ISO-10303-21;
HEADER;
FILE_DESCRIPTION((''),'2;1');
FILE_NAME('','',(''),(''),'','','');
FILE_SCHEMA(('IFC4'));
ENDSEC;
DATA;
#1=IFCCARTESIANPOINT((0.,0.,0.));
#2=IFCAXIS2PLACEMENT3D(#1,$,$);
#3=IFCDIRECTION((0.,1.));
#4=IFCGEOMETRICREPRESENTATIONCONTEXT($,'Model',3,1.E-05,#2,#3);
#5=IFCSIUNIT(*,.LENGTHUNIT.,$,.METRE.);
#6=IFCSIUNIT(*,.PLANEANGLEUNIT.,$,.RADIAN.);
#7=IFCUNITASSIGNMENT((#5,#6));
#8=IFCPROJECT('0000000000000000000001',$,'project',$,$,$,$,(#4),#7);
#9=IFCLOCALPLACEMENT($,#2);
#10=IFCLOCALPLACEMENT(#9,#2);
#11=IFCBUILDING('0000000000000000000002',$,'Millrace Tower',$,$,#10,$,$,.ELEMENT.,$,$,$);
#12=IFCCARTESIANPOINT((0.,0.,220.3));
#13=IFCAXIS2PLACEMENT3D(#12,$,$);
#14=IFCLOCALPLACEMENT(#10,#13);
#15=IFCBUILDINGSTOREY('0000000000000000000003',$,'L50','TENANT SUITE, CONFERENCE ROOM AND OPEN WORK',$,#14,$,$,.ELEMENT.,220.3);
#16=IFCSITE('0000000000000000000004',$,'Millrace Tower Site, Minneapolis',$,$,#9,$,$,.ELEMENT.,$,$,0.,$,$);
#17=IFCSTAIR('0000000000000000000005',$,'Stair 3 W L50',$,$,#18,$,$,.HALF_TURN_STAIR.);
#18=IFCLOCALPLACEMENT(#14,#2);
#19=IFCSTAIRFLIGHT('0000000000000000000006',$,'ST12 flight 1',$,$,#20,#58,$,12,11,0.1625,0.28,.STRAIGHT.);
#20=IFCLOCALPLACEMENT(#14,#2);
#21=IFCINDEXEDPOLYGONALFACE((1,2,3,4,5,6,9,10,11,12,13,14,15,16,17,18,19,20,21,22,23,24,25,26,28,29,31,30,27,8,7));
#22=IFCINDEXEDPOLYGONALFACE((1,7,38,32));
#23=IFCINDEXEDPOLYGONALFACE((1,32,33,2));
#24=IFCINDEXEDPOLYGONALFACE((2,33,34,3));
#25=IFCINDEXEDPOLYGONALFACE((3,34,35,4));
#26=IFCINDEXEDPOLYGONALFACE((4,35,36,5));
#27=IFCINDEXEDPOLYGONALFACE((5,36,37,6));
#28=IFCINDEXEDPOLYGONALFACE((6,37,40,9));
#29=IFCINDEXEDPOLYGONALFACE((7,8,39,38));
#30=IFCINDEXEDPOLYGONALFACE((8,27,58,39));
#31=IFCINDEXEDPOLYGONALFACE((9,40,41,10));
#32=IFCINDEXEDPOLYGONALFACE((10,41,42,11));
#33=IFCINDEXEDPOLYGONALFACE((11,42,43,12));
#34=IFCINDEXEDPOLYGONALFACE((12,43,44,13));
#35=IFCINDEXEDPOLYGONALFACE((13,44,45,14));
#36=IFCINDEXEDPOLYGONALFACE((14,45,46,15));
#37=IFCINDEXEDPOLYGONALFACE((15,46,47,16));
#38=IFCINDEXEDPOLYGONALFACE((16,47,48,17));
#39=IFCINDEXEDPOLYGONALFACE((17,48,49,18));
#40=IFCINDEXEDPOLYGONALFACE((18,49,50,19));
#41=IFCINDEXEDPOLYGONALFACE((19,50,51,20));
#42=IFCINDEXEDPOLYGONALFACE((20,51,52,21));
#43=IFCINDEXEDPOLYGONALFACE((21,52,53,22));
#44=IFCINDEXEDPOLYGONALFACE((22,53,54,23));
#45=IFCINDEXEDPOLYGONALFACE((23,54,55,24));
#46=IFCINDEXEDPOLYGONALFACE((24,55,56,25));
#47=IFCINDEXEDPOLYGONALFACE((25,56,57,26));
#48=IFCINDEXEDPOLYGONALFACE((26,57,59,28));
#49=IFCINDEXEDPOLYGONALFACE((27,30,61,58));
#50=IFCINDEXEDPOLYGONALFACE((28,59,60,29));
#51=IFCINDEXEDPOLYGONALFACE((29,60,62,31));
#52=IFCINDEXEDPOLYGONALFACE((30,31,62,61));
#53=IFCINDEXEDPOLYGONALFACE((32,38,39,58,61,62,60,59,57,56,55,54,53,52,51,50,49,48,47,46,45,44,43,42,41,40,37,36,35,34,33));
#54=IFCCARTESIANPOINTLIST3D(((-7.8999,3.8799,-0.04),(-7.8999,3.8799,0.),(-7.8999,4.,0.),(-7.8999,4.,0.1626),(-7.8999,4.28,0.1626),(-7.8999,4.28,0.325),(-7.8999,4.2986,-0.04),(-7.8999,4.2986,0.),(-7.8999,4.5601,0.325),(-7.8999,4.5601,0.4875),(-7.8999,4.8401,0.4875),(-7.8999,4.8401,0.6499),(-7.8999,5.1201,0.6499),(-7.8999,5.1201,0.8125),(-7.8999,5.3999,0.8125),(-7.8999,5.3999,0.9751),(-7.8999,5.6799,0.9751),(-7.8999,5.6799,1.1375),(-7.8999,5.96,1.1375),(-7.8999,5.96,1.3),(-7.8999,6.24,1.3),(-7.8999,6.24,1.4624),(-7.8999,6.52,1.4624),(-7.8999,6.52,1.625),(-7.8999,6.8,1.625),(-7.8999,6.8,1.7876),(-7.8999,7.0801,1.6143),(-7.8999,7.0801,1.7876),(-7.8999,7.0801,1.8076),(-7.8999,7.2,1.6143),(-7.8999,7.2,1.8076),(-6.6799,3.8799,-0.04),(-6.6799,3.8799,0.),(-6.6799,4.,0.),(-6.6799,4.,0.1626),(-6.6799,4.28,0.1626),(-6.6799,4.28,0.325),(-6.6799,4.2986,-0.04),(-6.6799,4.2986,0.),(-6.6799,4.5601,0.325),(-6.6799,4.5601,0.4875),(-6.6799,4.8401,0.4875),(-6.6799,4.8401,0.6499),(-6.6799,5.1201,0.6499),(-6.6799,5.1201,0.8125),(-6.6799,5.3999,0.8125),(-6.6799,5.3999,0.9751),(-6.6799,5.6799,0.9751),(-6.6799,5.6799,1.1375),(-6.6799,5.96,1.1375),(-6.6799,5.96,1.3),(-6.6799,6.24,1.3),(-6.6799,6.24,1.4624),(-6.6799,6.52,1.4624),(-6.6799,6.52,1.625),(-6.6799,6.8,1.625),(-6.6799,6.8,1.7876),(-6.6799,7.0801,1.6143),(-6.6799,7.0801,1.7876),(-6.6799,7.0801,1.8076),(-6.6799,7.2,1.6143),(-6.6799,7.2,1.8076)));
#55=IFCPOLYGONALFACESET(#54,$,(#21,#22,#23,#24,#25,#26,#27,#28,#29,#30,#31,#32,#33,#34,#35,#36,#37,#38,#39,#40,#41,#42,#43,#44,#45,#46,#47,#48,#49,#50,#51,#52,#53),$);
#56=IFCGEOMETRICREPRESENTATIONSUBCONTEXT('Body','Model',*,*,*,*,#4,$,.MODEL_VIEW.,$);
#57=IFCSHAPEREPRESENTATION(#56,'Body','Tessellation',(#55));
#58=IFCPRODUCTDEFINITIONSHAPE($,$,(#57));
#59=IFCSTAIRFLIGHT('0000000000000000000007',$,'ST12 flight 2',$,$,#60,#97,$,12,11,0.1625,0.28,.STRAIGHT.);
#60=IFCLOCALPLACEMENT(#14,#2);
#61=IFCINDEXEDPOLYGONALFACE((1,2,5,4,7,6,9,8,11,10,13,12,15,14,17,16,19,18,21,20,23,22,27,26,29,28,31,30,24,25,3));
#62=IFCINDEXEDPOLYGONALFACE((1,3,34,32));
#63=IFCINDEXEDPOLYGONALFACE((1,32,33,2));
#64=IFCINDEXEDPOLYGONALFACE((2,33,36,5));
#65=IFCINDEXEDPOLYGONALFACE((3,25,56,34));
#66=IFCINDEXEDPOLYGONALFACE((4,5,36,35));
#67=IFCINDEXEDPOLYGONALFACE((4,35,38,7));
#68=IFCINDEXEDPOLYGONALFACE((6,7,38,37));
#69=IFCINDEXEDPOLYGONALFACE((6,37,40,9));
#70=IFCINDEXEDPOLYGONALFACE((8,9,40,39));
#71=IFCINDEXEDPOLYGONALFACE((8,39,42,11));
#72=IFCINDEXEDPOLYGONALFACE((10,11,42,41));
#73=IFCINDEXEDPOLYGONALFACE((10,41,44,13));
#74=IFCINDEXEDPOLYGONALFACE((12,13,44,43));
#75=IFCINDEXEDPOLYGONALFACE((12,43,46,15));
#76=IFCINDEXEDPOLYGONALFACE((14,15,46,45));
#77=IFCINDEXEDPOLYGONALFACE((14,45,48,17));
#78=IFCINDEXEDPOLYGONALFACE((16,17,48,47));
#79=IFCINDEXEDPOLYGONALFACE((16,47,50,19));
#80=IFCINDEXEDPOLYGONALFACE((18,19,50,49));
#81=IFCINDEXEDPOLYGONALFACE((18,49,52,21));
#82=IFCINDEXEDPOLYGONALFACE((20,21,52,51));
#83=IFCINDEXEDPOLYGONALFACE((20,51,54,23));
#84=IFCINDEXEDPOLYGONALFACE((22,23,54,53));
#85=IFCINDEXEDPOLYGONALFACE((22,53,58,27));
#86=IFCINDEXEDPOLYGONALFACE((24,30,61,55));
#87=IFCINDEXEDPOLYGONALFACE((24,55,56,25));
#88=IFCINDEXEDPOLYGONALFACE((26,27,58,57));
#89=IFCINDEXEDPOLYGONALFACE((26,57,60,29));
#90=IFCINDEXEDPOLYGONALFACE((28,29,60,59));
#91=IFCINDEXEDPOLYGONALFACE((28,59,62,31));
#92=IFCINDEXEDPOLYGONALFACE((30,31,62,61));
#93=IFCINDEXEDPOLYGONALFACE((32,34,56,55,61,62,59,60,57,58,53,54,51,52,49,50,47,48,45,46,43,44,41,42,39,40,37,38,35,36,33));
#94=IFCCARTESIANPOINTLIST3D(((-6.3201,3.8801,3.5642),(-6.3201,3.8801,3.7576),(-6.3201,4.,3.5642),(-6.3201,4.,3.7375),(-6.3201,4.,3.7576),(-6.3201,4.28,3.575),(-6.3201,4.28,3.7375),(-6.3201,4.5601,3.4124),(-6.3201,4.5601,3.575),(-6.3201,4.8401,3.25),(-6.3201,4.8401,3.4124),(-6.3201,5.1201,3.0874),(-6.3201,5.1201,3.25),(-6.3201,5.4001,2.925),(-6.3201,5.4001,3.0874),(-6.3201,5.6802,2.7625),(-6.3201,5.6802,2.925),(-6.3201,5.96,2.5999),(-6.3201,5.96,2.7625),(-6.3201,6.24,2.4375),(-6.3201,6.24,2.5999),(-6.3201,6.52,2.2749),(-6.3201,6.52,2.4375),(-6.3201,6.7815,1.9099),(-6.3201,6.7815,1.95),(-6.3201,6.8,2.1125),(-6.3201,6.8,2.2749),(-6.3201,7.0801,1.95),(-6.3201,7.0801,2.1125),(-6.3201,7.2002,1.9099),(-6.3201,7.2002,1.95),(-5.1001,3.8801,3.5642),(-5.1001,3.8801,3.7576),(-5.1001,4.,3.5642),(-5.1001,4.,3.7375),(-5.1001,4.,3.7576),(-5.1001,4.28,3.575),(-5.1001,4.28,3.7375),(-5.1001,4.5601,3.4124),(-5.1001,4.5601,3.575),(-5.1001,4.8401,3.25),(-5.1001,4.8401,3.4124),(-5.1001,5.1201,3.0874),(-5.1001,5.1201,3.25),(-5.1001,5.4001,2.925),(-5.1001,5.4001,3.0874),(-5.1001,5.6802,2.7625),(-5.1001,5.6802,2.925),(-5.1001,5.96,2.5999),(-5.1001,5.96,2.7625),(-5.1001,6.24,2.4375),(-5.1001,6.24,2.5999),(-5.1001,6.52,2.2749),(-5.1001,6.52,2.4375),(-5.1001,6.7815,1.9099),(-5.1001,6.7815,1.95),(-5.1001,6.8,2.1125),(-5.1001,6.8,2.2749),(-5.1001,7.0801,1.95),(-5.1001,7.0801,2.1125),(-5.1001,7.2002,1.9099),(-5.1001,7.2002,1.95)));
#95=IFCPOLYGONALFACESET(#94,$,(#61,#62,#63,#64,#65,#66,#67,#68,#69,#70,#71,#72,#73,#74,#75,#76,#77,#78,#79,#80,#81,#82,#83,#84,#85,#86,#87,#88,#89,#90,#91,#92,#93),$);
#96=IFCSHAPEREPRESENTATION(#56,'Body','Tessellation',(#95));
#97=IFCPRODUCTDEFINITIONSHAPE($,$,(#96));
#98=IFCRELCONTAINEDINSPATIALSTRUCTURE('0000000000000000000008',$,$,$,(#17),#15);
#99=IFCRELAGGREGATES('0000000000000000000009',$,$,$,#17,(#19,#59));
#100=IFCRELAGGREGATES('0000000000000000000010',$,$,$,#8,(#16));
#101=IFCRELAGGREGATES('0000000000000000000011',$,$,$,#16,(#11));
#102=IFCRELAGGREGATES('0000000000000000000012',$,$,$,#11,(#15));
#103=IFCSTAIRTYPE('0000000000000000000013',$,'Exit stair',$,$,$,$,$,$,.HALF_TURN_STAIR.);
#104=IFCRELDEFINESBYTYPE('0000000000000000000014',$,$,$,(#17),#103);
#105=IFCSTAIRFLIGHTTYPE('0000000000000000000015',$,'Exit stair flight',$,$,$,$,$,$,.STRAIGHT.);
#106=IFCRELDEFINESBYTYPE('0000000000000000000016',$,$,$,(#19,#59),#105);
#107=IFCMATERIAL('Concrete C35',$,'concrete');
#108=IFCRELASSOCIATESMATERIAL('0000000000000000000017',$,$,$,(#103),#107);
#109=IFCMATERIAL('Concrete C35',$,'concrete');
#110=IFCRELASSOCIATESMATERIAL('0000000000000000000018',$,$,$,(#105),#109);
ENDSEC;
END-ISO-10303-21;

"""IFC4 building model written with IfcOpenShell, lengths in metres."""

from ifc_helpers import new_model, si_unit, direction, frame, origin, place, context, subcontext, project, spatial, polyline, outline, extrude, material, type_object, element, aggregate, save


model = new_model("IFC4")

# Units and contexts
model_context = context("Model", 3, precision=1e-05, world=origin(), true_north=direction((0.0, 1.0)))
body_context = subcontext(model_context, "Body", "Model", "MODEL_VIEW")
ifc_project = project(units=[si_unit("LENGTHUNIT", "METRE"), si_unit("PLANEANGLEUNIT", "RADIAN")], contexts=[model_context])

# Site, building, storey
site_placement = place(None, origin())
site = spatial("IfcSite", under=ifc_project, at=site_placement, Name="Millrace Tower Site, Minneapolis", CompositionType="ELEMENT", RefElevation=0.0)
building_placement = place(site_placement, origin())
building = spatial("IfcBuilding", under=site, at=building_placement, Name="Millrace Tower", CompositionType="ELEMENT")
storey_placement = place(building_placement, frame((0.0, 0.0, 220.3)))
storey = spatial("IfcBuildingStorey", under=building, at=storey_placement, Name="L50", Description="TENANT SUITE, CONFERENCE ROOM AND OPEN WORK", CompositionType="ELEMENT", Elevation=220.3)

# Stair, stair flights
ifc_material_1 = material(Name="Concrete C35", Category="concrete")
stair_type = type_object("IfcStairType", Name="Exit stair", PredefinedType="HALF_TURN_STAIR", material=ifc_material_1)
placement = place(storey_placement, origin())
ifc_material_2 = material(Name="Concrete C35", Category="concrete")
stair_flight_type = type_object("IfcStairFlightType", Name="Exit stair flight", PredefinedType="STRAIGHT", material=ifc_material_2)
stair_1 = element("IfcStair", 1, at=placement, inside=storey, type_object=stair_type, Name="Stair 3 W L50", PredefinedType="HALF_TURN_STAIR")
stair_flight_1_placement = place(storey_placement, frame((-7.29, 4.0, 0.0), z_axis=(0.0, 0.0, 1.0), x_axis=(0.0, 1.0, 0.0)))
stair_flight_1 = element("IfcStairFlight", 2, at=stair_flight_1_placement, type_object=stair_flight_type, Name="ST12 flight 1", NumberOfRisers=12, NumberOfTreads=11, PredefinedType="STRAIGHT", RiserHeight=0.1625, TreadLength=0.28, context=body_context, shape_type="SweptSolid", body=[
    extrude(outline(polyline([(-0.1201, -0.04), (-0.1201, 0.0), (0.0, 0.0), (0.0, 0.1626), (0.28, 0.1626), (0.28, 0.325), (0.5601, 0.325), (0.5601, 0.4875), (0.8401, 0.4875), (0.8401, 0.6499), (1.1201, 0.6499), (1.1201, 0.8125), (1.3999, 0.8125), (1.3999, 0.9751), (1.6799, 0.9751), (1.6799, 1.1375), (1.96, 1.1375), (1.96, 1.3), (2.24, 1.3), (2.24, 1.4624), (2.52, 1.4624), (2.52, 1.625), (2.8, 1.625), (2.8, 1.7876), (3.0801, 1.7876), (3.0801, 1.8076), (3.2, 1.8076), (3.2, 1.6143), (3.0801, 1.6143), (0.2986, 0.0), (0.2986, -0.04), (-0.1201, -0.04)])), frame((0.0, 0.6099, 0.0), z_axis=(0.0, -1.0, 0.0), x_axis=(1.0, 0.0, 0.0)), (0.0, 0.0, 1.0), 1.22),
])
stair_flight_2_placement = place(storey_placement, frame((-5.71, 7.0801, 1.95), z_axis=(0.0, 0.0, 1.0), x_axis=(0.0, -1.0, 0.0)))
stair_flight_2 = element("IfcStairFlight", 3, at=stair_flight_2_placement, type_object=stair_flight_type, Name="ST12 flight 2", NumberOfRisers=12, NumberOfTreads=11, PredefinedType="STRAIGHT", RiserHeight=0.1625, TreadLength=0.28, context=body_context, shape_type="SweptSolid", body=[
    extrude(outline(polyline([(-0.1201, -0.04), (-0.1201, 0.0), (0.0, 0.0), (0.0, 0.1626), (0.28, 0.1626), (0.28, 0.325), (0.5601, 0.325), (0.5601, 0.4875), (0.8401, 0.4875), (0.8401, 0.6499), (1.1201, 0.6499), (1.1201, 0.8125), (1.3999, 0.8125), (1.3999, 0.9751), (1.6799, 0.9751), (1.6799, 1.1375), (1.96, 1.1375), (1.96, 1.3), (2.24, 1.3), (2.24, 1.4624), (2.52, 1.4624), (2.52, 1.625), (2.8, 1.625), (2.8, 1.7876), (3.0801, 1.7876), (3.0801, 1.8076), (3.2, 1.8076), (3.2, 1.6143), (3.0801, 1.6143), (0.2986, 0.0), (0.2986, -0.04), (-0.1201, -0.04)])), frame((0.0, 0.6099, 0.0), z_axis=(0.0, -1.0, 0.0), x_axis=(1.0, 0.0, 0.0)), (0.0, 0.0, 1.0), 1.22),
])
aggregate(stair_1, [stair_flight_1, stair_flight_2])

save(model, "model.ifc")
